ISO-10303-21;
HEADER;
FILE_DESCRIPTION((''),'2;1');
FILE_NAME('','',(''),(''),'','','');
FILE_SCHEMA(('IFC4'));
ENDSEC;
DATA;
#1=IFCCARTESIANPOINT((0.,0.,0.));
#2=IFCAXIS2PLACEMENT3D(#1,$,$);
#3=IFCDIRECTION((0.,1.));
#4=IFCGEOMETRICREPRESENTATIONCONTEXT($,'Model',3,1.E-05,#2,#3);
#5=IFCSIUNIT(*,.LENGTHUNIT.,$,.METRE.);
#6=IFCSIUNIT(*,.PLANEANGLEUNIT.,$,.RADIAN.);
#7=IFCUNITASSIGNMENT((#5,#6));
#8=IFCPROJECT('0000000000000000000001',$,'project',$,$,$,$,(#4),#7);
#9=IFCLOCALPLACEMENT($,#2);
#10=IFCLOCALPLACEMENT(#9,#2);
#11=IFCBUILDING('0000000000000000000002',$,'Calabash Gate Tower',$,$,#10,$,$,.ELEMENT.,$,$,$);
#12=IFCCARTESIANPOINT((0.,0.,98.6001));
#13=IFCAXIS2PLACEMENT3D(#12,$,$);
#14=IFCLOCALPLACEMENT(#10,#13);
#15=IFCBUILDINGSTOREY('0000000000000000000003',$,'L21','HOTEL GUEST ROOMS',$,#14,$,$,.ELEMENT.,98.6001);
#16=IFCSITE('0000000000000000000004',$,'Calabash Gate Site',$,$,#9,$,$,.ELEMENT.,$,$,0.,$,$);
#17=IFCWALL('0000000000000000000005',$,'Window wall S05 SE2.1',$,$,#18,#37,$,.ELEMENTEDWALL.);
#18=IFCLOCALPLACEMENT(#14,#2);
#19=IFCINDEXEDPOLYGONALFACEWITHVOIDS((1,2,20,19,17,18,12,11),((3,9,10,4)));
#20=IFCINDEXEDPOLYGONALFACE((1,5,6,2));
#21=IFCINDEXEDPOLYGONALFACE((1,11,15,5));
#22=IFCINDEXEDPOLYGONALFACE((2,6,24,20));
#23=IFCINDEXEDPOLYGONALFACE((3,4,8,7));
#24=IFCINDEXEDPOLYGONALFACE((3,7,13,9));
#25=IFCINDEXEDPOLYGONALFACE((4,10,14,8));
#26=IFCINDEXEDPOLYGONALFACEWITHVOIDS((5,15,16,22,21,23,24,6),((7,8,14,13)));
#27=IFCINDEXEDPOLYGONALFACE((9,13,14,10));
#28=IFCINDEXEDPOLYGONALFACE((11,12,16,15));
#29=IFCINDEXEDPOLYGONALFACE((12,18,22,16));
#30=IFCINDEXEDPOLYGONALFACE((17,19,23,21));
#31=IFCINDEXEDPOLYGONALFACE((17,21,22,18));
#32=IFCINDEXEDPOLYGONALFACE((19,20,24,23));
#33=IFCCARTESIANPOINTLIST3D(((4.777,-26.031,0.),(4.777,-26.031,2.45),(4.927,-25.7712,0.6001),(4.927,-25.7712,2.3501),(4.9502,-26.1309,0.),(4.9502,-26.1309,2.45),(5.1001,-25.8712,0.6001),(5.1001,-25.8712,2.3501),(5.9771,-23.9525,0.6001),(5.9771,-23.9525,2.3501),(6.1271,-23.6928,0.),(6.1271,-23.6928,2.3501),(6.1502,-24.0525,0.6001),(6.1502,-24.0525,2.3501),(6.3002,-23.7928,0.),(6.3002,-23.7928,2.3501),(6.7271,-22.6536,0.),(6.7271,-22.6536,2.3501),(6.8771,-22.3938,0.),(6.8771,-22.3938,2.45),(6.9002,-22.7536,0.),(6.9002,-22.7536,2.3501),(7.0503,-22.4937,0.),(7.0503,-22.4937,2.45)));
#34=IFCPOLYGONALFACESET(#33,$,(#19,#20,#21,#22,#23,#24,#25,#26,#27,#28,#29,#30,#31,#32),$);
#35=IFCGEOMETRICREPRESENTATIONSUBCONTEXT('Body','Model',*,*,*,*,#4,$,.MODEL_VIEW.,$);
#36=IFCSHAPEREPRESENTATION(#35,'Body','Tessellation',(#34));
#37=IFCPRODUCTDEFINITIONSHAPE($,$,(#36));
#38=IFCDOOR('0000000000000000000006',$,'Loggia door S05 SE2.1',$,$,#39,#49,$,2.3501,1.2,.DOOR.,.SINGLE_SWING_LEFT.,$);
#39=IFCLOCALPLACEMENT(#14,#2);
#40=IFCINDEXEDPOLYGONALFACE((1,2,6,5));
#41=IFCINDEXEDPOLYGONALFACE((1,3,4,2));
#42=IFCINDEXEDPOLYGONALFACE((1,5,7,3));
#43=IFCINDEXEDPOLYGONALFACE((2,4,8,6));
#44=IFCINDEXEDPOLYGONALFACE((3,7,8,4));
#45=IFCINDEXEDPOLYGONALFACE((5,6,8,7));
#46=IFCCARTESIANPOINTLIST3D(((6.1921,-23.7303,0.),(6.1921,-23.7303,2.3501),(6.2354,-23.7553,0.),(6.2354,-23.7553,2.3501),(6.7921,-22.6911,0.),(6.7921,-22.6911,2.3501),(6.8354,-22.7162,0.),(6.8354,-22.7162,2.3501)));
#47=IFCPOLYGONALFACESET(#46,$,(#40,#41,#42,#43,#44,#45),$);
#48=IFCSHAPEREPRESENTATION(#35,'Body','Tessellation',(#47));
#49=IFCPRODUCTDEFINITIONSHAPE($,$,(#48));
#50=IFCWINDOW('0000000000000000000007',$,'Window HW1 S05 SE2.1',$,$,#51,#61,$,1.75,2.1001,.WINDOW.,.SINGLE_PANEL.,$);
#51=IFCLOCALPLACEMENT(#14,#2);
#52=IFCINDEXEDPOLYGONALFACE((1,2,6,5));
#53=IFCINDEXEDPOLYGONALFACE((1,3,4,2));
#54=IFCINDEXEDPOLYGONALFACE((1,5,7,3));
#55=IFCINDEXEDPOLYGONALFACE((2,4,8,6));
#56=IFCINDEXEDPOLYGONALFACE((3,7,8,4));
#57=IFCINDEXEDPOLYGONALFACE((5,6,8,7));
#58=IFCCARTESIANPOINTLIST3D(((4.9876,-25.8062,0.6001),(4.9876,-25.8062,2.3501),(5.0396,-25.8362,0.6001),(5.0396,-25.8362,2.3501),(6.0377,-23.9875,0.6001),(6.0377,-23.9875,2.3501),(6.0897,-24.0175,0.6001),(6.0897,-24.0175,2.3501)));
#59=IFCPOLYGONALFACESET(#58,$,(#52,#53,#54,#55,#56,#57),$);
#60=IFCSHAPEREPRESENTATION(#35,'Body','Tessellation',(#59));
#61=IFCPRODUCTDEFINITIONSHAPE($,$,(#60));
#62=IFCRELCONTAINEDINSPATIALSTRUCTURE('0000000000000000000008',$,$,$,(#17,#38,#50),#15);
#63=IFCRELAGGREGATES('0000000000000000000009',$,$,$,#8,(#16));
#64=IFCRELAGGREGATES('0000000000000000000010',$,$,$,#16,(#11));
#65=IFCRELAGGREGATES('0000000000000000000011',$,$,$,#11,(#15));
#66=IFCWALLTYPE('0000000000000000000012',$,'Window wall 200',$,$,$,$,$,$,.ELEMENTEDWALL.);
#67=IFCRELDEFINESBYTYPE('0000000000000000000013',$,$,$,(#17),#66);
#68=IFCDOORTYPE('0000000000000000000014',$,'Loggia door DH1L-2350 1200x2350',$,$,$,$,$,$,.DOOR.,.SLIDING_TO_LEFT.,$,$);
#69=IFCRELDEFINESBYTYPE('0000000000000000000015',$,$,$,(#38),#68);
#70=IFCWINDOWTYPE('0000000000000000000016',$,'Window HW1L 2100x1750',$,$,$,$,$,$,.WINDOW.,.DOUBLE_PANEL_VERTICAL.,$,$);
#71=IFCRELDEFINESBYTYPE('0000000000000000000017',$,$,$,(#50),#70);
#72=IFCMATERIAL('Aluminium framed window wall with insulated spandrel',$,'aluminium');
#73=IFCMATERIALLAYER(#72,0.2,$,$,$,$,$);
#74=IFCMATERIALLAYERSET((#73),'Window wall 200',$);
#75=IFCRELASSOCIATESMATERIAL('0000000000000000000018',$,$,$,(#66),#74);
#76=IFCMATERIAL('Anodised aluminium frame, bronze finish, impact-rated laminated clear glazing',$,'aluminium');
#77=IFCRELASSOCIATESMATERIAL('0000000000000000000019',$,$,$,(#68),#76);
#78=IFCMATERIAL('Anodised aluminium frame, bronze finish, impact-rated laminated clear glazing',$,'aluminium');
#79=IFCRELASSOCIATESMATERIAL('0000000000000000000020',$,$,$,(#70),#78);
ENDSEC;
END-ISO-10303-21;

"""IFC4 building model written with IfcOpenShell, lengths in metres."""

from ifc_helpers import new_model, si_unit, direction, frame, frame_2d, origin, place, context, subcontext, project, spatial, rectangle, extrude, material, layer, layer_set, type_object, element, fill, save


model = new_model("IFC4")

# Units and contexts
model_context = context("Model", 3, precision=1e-05, world=origin(), true_north=direction((0.0, 1.0)))
body_context = subcontext(model_context, "Body", "Model", "MODEL_VIEW")
ifc_project = project(units=[si_unit("LENGTHUNIT", "METRE"), si_unit("PLANEANGLEUNIT", "RADIAN")], contexts=[model_context])

# Site, building, storey
site_placement = place(None, origin())
site = spatial("IfcSite", under=ifc_project, at=site_placement, Name="Calabash Gate Site", CompositionType="ELEMENT", RefElevation=0.0)
building_placement = place(site_placement, origin())
building = spatial("IfcBuilding", under=site, at=building_placement, Name="Calabash Gate Tower", CompositionType="ELEMENT")
storey_placement = place(building_placement, frame((0.0, 0.0, 98.6001)))
storey = spatial("IfcBuildingStorey", under=building, at=storey_placement, Name="L21", Description="HOTEL GUEST ROOMS", CompositionType="ELEMENT", Elevation=98.6001)

# Wall, openings, door, window
ifc_material_1 = material(Name="Aluminium framed window wall with insulated spandrel", Category="aluminium")
ifc_layer_1 = layer(ifc_material_1, 0.2)
ifc_layer_set_1 = layer_set([ifc_layer_1], Name="Window wall 200")
wall_type_1 = type_object("IfcWallType", Name="Window wall 200", PredefinedType="ELEMENTEDWALL", material=ifc_layer_set_1)
wall_1_placement = place(storey_placement, frame((4.8635, -26.0811, 0.0), z_axis=(0.0, 0.0, 1.0), x_axis=(0.500028, 0.866009, 0.0)))
wall_1 = element("IfcWall", 1, at=wall_1_placement, inside=storey, type_object=wall_type_1, Name="Window wall S05 SE2.1", PredefinedType="ELEMENTEDWALL", context=body_context, shape_type="SweptSolid", body=[
    extrude(rectangle(XDim=4.2, YDim=0.2, at=frame_2d((2.1001, 0.0))), origin(), (0.0, 0.0, 1.0), 2.45),
])
opening_1_placement = place(wall_1_placement, frame((0.3, 0.0, 0.6001)))
opening_1 = element("IfcOpeningElement", 2, at=opening_1_placement, cuts=wall_1, PredefinedType="OPENING", context=body_context, shape_type="SweptSolid", body=[
    extrude(rectangle(XDim=2.1001, YDim=1.75, at=frame_2d((1.05, 0.875))), frame((0.0, 0.1099, 0.0), z_axis=(0.0, -1.0, 0.0), x_axis=(1.0, 0.0, 0.0)), (0.0, 0.0, 1.0), 0.22),
])
opening_2_placement = place(wall_1_placement, frame((2.7, 0.0, 0.0)))
opening_2 = element("IfcOpeningElement", 3, at=opening_2_placement, cuts=wall_1, PredefinedType="OPENING", context=body_context, shape_type="SweptSolid", body=[
    extrude(rectangle(XDim=1.2, YDim=2.3501, at=frame_2d((0.6001, 1.175))), frame((0.0, 0.1099, 0.0), z_axis=(0.0, -1.0, 0.0), x_axis=(1.0, 0.0, 0.0)), (0.0, 0.0, 1.0), 0.22),
])
ifc_material_2 = material(Name="Anodised aluminium frame, bronze finish, impact-rated laminated clear glazing", Category="aluminium")
door_type_1 = type_object("IfcDoorType", Name="Loggia door DH1L-2350 1200x2350", OperationType="SLIDING_TO_LEFT", PredefinedType="DOOR", material=ifc_material_2)
door_1_placement = place(opening_2_placement, origin())
door_1 = element("IfcDoor", 4, at=door_1_placement, inside=storey, type_object=door_type_1, Name="Loggia door S05 SE2.1", OperationType="SINGLE_SWING_LEFT", OverallHeight=2.3501, OverallWidth=1.2, PredefinedType="DOOR", context=body_context, shape_type="SweptSolid", body=[
    extrude(rectangle(XDim=1.2, YDim=2.3501, at=frame_2d((0.6001, 1.175))), frame((0.0, 0.0249, 0.0), z_axis=(0.0, -1.0, 0.0), x_axis=(1.0, 0.0, 0.0)), (0.0, 0.0, 1.0), 0.05),
])
fill(opening_2, door_1)
ifc_material_3 = material(Name="Anodised aluminium frame, bronze finish, impact-rated laminated clear glazing", Category="aluminium")
window_type_1 = type_object("IfcWindowType", Name="Window HW1L 2100x1750", PartitioningType="DOUBLE_PANEL_VERTICAL", PredefinedType="WINDOW", material=ifc_material_3)
window_1_placement = place(opening_1_placement, origin())
window_1 = element("IfcWindow", 5, at=window_1_placement, inside=storey, type_object=window_type_1, Name="Window HW1 S05 SE2.1", OverallHeight=1.75, OverallWidth=2.1001, PartitioningType="SINGLE_PANEL", PredefinedType="WINDOW", context=body_context, shape_type="SweptSolid", body=[
    extrude(rectangle(XDim=2.1001, YDim=1.75, at=frame_2d((1.05, 0.875))), frame((0.0, 0.03, 0.0), z_axis=(0.0, -1.0, 0.0), x_axis=(1.0, 0.0, 0.0)), (0.0, 0.0, 1.0), 0.0601),
])
fill(opening_1, window_1)

save(model, "model.ifc")
